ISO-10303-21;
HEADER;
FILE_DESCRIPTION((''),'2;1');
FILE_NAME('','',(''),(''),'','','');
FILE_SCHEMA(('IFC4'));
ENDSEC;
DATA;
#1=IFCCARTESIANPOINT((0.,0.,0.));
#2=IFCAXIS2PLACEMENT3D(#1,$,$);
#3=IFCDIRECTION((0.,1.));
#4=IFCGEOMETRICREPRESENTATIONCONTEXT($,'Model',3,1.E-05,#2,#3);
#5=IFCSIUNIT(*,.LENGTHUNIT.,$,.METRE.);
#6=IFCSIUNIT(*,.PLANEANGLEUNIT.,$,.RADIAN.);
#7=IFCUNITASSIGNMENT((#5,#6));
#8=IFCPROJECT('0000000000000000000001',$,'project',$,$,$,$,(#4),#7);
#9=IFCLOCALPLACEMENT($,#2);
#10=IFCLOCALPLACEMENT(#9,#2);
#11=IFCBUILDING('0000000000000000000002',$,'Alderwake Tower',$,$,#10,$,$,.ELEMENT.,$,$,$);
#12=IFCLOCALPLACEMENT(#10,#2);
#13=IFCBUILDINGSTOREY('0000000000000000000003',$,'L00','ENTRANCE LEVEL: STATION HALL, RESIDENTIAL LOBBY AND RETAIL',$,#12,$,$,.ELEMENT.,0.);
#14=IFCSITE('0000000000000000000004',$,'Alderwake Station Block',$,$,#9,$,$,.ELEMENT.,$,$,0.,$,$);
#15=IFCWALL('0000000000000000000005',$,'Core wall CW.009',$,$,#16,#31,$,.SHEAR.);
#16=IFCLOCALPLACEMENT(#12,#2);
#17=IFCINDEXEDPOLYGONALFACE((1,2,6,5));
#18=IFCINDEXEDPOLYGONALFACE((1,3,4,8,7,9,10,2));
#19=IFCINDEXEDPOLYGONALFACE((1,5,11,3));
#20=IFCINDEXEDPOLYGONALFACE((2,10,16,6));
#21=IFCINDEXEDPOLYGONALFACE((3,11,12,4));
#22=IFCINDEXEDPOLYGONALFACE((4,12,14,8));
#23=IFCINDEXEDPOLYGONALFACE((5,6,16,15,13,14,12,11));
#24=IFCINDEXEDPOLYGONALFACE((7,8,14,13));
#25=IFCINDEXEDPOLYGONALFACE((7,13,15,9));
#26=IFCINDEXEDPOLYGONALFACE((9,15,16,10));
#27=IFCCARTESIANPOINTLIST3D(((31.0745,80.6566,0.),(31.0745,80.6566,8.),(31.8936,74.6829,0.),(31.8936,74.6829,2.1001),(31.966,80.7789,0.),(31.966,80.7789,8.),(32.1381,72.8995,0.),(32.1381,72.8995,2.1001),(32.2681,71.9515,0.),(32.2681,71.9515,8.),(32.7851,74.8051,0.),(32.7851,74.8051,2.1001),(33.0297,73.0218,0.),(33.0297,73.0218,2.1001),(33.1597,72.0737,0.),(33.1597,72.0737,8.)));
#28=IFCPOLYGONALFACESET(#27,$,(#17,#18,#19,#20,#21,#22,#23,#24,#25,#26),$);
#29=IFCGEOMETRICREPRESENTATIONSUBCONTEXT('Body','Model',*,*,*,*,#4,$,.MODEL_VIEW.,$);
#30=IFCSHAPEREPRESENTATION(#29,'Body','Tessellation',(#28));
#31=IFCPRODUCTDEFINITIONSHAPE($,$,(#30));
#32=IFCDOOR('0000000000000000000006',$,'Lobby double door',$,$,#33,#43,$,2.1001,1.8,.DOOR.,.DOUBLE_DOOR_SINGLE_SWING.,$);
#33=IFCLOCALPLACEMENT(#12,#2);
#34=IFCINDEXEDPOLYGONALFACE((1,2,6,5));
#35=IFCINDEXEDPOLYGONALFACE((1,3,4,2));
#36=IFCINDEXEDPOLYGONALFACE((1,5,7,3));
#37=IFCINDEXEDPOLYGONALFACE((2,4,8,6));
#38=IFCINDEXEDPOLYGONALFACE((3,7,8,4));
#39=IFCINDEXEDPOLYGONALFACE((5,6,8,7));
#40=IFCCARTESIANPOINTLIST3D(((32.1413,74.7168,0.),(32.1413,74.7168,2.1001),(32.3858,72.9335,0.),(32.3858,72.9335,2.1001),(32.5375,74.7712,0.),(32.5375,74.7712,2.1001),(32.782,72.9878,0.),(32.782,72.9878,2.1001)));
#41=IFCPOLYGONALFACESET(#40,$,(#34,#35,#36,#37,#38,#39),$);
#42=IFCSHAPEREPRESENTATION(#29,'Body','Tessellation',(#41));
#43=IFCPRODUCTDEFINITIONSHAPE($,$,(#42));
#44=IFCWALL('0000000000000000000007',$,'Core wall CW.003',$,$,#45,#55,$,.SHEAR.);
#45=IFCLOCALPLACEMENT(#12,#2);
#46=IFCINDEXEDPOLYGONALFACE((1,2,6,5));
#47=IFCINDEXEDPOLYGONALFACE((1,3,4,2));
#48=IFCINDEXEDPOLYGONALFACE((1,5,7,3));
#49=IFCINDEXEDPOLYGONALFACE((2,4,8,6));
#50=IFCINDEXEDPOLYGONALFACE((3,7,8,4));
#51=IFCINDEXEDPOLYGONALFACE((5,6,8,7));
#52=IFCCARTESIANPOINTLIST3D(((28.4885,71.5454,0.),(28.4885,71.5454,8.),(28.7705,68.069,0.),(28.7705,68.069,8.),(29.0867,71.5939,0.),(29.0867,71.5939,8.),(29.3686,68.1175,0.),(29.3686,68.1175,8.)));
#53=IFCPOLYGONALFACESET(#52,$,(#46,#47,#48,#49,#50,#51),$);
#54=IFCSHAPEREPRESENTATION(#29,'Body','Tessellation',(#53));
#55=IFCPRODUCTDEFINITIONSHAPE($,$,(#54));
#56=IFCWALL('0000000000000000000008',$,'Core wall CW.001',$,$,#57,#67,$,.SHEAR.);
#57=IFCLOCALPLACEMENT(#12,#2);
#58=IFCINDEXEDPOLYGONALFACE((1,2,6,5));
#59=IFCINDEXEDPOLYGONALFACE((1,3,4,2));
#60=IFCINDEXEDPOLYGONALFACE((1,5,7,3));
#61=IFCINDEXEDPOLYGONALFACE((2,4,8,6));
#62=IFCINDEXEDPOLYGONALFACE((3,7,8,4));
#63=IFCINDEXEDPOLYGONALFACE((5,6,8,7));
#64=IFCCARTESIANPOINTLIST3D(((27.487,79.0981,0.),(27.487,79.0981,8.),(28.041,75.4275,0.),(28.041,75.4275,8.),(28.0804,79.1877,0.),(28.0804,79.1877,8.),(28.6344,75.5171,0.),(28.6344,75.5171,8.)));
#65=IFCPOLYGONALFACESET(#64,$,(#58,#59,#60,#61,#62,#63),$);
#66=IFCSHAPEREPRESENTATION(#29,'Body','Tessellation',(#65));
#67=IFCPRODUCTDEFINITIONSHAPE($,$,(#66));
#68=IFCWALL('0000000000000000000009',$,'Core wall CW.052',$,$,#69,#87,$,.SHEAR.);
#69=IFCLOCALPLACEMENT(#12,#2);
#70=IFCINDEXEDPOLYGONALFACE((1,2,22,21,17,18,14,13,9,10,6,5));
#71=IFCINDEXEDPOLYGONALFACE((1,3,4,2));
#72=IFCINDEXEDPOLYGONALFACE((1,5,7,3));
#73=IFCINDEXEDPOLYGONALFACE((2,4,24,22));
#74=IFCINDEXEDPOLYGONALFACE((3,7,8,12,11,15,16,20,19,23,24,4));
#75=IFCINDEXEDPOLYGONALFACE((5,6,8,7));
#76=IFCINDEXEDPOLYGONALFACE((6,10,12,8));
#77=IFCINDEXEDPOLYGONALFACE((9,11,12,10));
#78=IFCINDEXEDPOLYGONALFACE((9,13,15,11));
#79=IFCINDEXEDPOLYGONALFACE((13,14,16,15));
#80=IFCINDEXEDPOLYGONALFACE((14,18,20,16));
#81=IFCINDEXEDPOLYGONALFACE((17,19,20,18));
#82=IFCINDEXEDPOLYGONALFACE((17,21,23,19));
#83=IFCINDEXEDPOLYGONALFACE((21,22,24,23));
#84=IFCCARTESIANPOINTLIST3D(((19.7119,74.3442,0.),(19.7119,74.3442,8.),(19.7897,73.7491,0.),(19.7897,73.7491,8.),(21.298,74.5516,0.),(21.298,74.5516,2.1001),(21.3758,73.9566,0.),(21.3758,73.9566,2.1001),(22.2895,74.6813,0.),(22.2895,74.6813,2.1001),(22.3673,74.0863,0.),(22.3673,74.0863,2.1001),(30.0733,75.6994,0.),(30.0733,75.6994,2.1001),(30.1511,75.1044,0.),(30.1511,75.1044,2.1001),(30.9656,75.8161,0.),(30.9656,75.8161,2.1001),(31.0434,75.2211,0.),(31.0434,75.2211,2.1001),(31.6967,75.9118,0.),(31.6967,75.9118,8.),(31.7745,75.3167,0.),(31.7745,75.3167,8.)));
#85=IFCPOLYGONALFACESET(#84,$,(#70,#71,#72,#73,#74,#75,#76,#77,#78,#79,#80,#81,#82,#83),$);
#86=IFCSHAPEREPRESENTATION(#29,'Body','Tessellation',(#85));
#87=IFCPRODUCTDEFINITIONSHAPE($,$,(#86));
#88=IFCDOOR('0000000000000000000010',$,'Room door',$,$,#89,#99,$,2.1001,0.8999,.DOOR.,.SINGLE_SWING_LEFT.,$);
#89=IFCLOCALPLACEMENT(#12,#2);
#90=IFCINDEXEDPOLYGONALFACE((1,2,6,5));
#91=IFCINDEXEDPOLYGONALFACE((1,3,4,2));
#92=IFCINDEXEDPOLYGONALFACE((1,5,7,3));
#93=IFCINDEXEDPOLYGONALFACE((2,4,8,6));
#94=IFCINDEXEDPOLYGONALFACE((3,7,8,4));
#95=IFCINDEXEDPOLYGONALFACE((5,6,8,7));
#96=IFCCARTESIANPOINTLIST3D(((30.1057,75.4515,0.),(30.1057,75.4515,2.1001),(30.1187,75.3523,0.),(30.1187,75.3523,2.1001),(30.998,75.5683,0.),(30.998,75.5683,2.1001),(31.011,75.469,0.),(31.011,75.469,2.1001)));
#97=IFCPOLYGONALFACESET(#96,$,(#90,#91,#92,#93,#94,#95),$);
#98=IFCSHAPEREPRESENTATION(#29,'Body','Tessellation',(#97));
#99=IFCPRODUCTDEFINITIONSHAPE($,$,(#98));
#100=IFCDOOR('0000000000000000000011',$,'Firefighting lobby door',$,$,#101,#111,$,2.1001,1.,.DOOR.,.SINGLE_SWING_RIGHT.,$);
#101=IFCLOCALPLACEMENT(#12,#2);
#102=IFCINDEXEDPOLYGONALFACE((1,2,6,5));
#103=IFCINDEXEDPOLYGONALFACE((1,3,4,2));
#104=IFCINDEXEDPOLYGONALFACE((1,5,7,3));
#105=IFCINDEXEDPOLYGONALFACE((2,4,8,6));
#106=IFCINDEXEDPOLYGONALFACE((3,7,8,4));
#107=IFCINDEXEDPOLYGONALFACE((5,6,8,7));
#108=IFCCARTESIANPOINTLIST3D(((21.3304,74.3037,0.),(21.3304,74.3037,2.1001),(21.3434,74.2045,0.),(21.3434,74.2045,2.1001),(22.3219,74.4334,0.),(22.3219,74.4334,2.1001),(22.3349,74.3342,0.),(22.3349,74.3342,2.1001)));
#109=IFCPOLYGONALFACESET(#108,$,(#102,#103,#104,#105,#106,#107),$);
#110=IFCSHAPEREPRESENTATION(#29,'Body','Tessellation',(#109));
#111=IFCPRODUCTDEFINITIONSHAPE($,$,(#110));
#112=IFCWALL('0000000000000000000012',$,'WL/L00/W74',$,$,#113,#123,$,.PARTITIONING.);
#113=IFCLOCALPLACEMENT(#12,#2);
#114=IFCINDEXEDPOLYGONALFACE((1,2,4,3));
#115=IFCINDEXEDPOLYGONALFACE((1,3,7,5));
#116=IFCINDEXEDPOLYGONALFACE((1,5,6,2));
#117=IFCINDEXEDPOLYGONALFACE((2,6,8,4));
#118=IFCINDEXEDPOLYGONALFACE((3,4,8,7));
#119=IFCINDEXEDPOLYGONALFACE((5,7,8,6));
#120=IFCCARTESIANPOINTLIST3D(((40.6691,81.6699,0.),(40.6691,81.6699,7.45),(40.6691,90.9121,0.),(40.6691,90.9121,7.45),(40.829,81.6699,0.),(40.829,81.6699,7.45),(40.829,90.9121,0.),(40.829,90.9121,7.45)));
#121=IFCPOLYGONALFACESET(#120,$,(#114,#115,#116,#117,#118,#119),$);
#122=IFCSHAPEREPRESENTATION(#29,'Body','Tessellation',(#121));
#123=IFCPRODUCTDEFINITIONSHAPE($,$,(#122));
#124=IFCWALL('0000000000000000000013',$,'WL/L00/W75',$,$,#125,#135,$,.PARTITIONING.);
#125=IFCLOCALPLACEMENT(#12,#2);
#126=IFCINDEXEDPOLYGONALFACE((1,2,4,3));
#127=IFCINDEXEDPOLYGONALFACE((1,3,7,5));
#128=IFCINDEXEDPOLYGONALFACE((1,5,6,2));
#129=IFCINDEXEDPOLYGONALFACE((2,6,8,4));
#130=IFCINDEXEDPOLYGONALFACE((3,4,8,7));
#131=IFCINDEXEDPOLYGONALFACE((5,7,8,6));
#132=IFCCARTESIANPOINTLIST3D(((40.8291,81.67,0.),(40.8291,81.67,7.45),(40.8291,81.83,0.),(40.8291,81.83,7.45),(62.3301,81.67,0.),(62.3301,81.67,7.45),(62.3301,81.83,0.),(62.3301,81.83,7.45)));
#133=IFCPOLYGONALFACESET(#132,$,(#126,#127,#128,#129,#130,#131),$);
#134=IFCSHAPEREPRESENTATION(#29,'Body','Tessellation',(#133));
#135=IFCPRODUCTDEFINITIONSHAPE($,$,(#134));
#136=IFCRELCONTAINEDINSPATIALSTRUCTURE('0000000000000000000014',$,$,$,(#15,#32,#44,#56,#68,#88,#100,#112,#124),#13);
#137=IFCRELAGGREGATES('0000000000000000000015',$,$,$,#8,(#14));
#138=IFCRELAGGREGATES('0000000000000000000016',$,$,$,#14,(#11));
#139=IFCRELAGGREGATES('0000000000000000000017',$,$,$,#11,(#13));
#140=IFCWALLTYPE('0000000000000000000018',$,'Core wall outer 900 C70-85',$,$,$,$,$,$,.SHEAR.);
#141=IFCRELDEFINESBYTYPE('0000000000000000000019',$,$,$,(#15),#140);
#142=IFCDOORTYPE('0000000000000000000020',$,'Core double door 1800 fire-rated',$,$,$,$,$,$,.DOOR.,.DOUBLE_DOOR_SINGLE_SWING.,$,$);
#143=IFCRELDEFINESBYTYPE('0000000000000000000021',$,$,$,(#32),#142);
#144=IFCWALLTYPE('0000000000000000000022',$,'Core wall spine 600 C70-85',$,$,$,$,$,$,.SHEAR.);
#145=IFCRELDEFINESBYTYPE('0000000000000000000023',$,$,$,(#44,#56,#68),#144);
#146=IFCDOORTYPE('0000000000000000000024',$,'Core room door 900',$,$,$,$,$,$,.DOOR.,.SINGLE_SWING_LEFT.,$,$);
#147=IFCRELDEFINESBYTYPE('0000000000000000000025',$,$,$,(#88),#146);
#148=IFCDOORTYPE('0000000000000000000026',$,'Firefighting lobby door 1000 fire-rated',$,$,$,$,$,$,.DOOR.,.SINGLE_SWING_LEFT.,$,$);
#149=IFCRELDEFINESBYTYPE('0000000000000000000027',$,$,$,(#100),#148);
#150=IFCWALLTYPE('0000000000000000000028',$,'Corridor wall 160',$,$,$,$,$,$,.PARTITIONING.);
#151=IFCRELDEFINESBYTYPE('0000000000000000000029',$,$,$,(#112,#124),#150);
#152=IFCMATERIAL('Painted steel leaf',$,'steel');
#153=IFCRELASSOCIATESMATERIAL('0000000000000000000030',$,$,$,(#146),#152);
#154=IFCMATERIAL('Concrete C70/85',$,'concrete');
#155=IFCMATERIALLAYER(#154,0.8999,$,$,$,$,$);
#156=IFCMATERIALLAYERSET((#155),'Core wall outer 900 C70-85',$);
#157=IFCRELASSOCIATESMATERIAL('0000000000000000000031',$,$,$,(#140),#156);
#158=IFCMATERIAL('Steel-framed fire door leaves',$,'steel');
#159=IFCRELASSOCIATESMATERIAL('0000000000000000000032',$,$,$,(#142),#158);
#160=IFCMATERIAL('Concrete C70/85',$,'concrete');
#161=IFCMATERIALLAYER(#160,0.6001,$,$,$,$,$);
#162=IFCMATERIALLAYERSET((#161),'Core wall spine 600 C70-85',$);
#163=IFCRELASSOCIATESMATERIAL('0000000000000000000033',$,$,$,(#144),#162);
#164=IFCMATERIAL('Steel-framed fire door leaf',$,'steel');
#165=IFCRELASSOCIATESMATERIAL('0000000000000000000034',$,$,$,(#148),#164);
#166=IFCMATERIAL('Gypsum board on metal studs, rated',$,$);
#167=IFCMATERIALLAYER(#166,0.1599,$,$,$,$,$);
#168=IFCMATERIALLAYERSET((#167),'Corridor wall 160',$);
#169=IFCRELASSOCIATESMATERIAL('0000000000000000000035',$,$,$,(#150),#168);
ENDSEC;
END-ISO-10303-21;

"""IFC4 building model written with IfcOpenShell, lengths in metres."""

from ifc_helpers import new_model, si_unit, direction, frame, frame_2d, origin, place, context, subcontext, project, spatial, rectangle, extrude, material, layer, layer_set, type_object, element, fill, save


model = new_model("IFC4")

# Units and contexts
model_context = context("Model", 3, precision=1e-05, world=origin(), true_north=direction((0.0, 1.0)))
body_context = subcontext(model_context, "Body", "Model", "MODEL_VIEW")
ifc_project = project(units=[si_unit("LENGTHUNIT", "METRE"), si_unit("PLANEANGLEUNIT", "RADIAN")], contexts=[model_context])

# Site, building, storey
site_placement = place(None, origin())
site = spatial("IfcSite", under=ifc_project, at=site_placement, Name="Alderwake Station Block", CompositionType="ELEMENT", RefElevation=0.0)
building_placement = place(site_placement, origin())
building = spatial("IfcBuilding", under=site, at=building_placement, Name="Alderwake Tower", CompositionType="ELEMENT")
storey_placement = place(building_placement, origin())
storey = spatial("IfcBuildingStorey", under=building, at=storey_placement, Name="L00", Description="ENTRANCE LEVEL: STATION HALL, RESIDENTIAL LOBBY AND RETAIL", CompositionType="ELEMENT", Elevation=0.0)

# Shared definitions
ifc_material_1 = material(Name="Painted steel leaf", Category="steel")
door_type_1 = type_object("IfcDoorType", Name="Core room door 900", OperationType="SINGLE_SWING_LEFT", PredefinedType="DOOR", material=ifc_material_1)

# Wall, opening, door
ifc_material_2 = material(Name="Concrete C70/85", Category="concrete")
ifc_layer_1 = layer(ifc_material_2, 0.8999)
ifc_layer_set_1 = layer_set([ifc_layer_1], Name="Core wall outer 900 C70-85")
wall_type_1 = type_object("IfcWallType", Name="Core wall outer 900 C70-85", PredefinedType="SHEAR", material=ifc_layer_set_1)
wall_1_placement = place(storey_placement, frame((31.5203, 80.7178, 0.0), z_axis=(0.0, 0.0, 1.0), x_axis=(0.135845, -0.99073, 0.0)))
wall_1 = element("IfcWall", 1, at=wall_1_placement, inside=storey, type_object=wall_type_1, Name="Core wall CW.009", PredefinedType="SHEAR", context=body_context, shape_type="SweptSolid", body=[
    extrude(rectangle(XDim=8.7866, YDim=0.8999, at=frame_2d((4.3933, 0.0))), origin(), (0.0, 0.0, 1.0), 8.0),
])
opening_1_placement = place(wall_1_placement, frame((6.0298, 0.0, 0.0)))
opening_1 = element("IfcOpeningElement", 2, at=opening_1_placement, cuts=wall_1, PredefinedType="OPENING", context=body_context, shape_type="SweptSolid", body=[
    extrude(rectangle(XDim=1.8, YDim=2.1001, at=frame_2d((0.8999, 1.05))), frame((0.0, 0.46, 0.0), z_axis=(0.0, -1.0, 0.0), x_axis=(1.0, 0.0, 0.0)), (0.0, 0.0, 1.0), 0.9199),
])
ifc_material_3 = material(Name="Steel-framed fire door leaves", Category="steel")
door_type_2 = type_object("IfcDoorType", Name="Core double door 1800 fire-rated", OperationType="DOUBLE_DOOR_SINGLE_SWING", PredefinedType="DOOR", material=ifc_material_3)
door_1_placement = place(opening_1_placement, origin())
door_1 = element("IfcDoor", 3, at=door_1_placement, inside=storey, type_object=door_type_2, Name="Lobby double door", OperationType="DOUBLE_DOOR_SINGLE_SWING", OverallHeight=2.1001, OverallWidth=1.8, PredefinedType="DOOR", context=body_context, shape_type="SweptSolid", body=[
    extrude(rectangle(XDim=1.8, YDim=2.1001, at=frame_2d((0.8999, 1.05))), frame((0.0, 0.2, 0.0), z_axis=(0.0, -1.0, 0.0), x_axis=(1.0, 0.0, 0.0)), (0.0, 0.0, 1.0), 0.3999),
])
fill(opening_1, door_1)

# Walls
ifc_material_4 = material(Name="Concrete C70/85", Category="concrete")
ifc_layer_2 = layer(ifc_material_4, 0.6001)
ifc_layer_set_2 = layer_set([ifc_layer_2], Name="Core wall spine 600 C70-85")
wall_type_2 = type_object("IfcWallType", Name="Core wall spine 600 C70-85", PredefinedType="SHEAR", material=ifc_layer_set_2)
wall_2_placement = place(storey_placement, frame((29.0696, 68.0933, 0.0), z_axis=(0.0, 0.0, 1.0), x_axis=(-0.08085, 0.996726, 0.0)))
element("IfcWall", 4, at=wall_2_placement, inside=storey, type_object=wall_type_2, Name="Core wall CW.003", PredefinedType="SHEAR", context=body_context, shape_type="SweptSolid", body=[
    extrude(rectangle(XDim=3.4878, YDim=0.6001, at=frame_2d((1.7439, 0.0))), origin(), (0.0, 0.0, 1.0), 8.0),
])
wall_3_placement = place(storey_placement, frame((28.3376, 75.4724, 0.0), z_axis=(0.0, 0.0, 1.0), x_axis=(-0.149225, 0.988803, 0.0)))
element("IfcWall", 5, at=wall_3_placement, inside=storey, type_object=wall_type_2, Name="Core wall CW.001", PredefinedType="SHEAR", context=body_context, shape_type="SweptSolid", body=[
    extrude(rectangle(XDim=3.7122, YDim=0.6001, at=frame_2d((1.856, 0.0))), origin(), (0.0, 0.0, 1.0), 8.0),
])

# Wall, openings, doors
wall_4_placement = place(storey_placement, frame((31.7356, 75.6143, 0.0), z_axis=(0.0, 0.0, 1.0), x_axis=(-0.991554, -0.129696, 0.0)))
wall_4 = element("IfcWall", 6, at=wall_4_placement, inside=storey, type_object=wall_type_2, Name="Core wall CW.052", PredefinedType="SHEAR", context=body_context, shape_type="SweptSolid", body=[
    extrude(rectangle(XDim=12.0869, YDim=0.6001, at=frame_2d((6.0435, 0.0))), origin(), (0.0, 0.0, 1.0), 8.0),
])
opening_2_placement = place(wall_4_placement, frame((9.4873, 0.0, 0.0)))
opening_2 = element("IfcOpeningElement", 7, at=opening_2_placement, cuts=wall_4, PredefinedType="OPENING", context=body_context, shape_type="SweptSolid", body=[
    extrude(rectangle(XDim=1.0, YDim=2.1001, at=frame_2d((0.5, 1.05))), frame((0.0, 0.3101, 0.0), z_axis=(0.0, -1.0, 0.0), x_axis=(1.0, 0.0, 0.0)), (0.0, 0.0, 1.0), 0.6201),
])
opening_3_placement = place(wall_4_placement, frame((0.7373, 0.0, 0.0)))
opening_3 = element("IfcOpeningElement", 8, at=opening_3_placement, cuts=wall_4, PredefinedType="OPENING", context=body_context, shape_type="SweptSolid", body=[
    extrude(rectangle(XDim=0.8999, YDim=2.1001, at=frame_2d((0.45, 1.05))), frame((0.0, 0.3101, 0.0), z_axis=(0.0, -1.0, 0.0), x_axis=(1.0, 0.0, 0.0)), (0.0, 0.0, 1.0), 0.6201),
])
door_2_placement = place(opening_3_placement, origin())
door_2 = element("IfcDoor", 9, at=door_2_placement, inside=storey, type_object=door_type_1, Name="Room door", OperationType="SINGLE_SWING_LEFT", OverallHeight=2.1001, OverallWidth=0.8999, PredefinedType="DOOR", context=body_context, shape_type="SweptSolid", body=[
    extrude(rectangle(XDim=0.8999, YDim=2.1001, at=frame_2d((0.45, 1.05))), frame((0.0, 0.05, 0.0), z_axis=(0.0, -1.0, 0.0), x_axis=(1.0, 0.0, 0.0)), (0.0, 0.0, 1.0), 0.1001),
])
fill(opening_3, door_2)
ifc_material_5 = material(Name="Steel-framed fire door leaf", Category="steel")
door_type_3 = type_object("IfcDoorType", Name="Firefighting lobby door 1000 fire-rated", OperationType="SINGLE_SWING_LEFT", PredefinedType="DOOR", material=ifc_material_5)
door_3_placement = place(opening_2_placement, origin())
door_3 = element("IfcDoor", 10, at=door_3_placement, inside=storey, type_object=door_type_3, Name="Firefighting lobby door", OperationType="SINGLE_SWING_RIGHT", OverallHeight=2.1001, OverallWidth=1.0, PredefinedType="DOOR", context=body_context, shape_type="SweptSolid", body=[
    extrude(rectangle(XDim=1.0, YDim=2.1001, at=frame_2d((0.5, 1.05))), frame((0.0, 0.05, 0.0), z_axis=(0.0, -1.0, 0.0), x_axis=(1.0, 0.0, 0.0)), (0.0, 0.0, 1.0), 0.1001),
])
fill(opening_2, door_3)

# Walls
ifc_material_6 = material(Name="Gypsum board on metal studs, rated")
ifc_layer_3 = layer(ifc_material_6, 0.1599)
ifc_layer_set_3 = layer_set([ifc_layer_3], Name="Corridor wall 160")
wall_type_3 = type_object("IfcWallType", Name="Corridor wall 160", PredefinedType="PARTITIONING", material=ifc_layer_set_3)
wall_5_placement = place(storey_placement, frame((40.749, 81.6699, 0.0), z_axis=(0.0, 0.0, 1.0), x_axis=(0.0, 1.0, 0.0)))
element("IfcWall", 11, at=wall_5_placement, inside=storey, type_object=wall_type_3, Name="WL/L00/W74", PredefinedType="PARTITIONING", context=body_context, shape_type="SweptSolid", body=[
    extrude(rectangle(XDim=9.2422, YDim=0.1599, at=frame_2d((4.6211, 0.0))), origin(), (0.0, 0.0, 1.0), 7.45),
])
wall_6_placement = place(storey_placement, frame((40.8291, 81.75, 0.0), z_axis=(0.0, 0.0, 1.0), x_axis=(1.0, 0.0, 0.0)))
element("IfcWall", 12, at=wall_6_placement, inside=storey, type_object=wall_type_3, Name="WL/L00/W75", PredefinedType="PARTITIONING", context=body_context, shape_type="SweptSolid", body=[
    extrude(rectangle(XDim=21.501, YDim=0.1599, at=frame_2d((10.7505, 0.0))), origin(), (0.0, 0.0, 1.0), 7.45),
])

save(model, "model.ifc")
